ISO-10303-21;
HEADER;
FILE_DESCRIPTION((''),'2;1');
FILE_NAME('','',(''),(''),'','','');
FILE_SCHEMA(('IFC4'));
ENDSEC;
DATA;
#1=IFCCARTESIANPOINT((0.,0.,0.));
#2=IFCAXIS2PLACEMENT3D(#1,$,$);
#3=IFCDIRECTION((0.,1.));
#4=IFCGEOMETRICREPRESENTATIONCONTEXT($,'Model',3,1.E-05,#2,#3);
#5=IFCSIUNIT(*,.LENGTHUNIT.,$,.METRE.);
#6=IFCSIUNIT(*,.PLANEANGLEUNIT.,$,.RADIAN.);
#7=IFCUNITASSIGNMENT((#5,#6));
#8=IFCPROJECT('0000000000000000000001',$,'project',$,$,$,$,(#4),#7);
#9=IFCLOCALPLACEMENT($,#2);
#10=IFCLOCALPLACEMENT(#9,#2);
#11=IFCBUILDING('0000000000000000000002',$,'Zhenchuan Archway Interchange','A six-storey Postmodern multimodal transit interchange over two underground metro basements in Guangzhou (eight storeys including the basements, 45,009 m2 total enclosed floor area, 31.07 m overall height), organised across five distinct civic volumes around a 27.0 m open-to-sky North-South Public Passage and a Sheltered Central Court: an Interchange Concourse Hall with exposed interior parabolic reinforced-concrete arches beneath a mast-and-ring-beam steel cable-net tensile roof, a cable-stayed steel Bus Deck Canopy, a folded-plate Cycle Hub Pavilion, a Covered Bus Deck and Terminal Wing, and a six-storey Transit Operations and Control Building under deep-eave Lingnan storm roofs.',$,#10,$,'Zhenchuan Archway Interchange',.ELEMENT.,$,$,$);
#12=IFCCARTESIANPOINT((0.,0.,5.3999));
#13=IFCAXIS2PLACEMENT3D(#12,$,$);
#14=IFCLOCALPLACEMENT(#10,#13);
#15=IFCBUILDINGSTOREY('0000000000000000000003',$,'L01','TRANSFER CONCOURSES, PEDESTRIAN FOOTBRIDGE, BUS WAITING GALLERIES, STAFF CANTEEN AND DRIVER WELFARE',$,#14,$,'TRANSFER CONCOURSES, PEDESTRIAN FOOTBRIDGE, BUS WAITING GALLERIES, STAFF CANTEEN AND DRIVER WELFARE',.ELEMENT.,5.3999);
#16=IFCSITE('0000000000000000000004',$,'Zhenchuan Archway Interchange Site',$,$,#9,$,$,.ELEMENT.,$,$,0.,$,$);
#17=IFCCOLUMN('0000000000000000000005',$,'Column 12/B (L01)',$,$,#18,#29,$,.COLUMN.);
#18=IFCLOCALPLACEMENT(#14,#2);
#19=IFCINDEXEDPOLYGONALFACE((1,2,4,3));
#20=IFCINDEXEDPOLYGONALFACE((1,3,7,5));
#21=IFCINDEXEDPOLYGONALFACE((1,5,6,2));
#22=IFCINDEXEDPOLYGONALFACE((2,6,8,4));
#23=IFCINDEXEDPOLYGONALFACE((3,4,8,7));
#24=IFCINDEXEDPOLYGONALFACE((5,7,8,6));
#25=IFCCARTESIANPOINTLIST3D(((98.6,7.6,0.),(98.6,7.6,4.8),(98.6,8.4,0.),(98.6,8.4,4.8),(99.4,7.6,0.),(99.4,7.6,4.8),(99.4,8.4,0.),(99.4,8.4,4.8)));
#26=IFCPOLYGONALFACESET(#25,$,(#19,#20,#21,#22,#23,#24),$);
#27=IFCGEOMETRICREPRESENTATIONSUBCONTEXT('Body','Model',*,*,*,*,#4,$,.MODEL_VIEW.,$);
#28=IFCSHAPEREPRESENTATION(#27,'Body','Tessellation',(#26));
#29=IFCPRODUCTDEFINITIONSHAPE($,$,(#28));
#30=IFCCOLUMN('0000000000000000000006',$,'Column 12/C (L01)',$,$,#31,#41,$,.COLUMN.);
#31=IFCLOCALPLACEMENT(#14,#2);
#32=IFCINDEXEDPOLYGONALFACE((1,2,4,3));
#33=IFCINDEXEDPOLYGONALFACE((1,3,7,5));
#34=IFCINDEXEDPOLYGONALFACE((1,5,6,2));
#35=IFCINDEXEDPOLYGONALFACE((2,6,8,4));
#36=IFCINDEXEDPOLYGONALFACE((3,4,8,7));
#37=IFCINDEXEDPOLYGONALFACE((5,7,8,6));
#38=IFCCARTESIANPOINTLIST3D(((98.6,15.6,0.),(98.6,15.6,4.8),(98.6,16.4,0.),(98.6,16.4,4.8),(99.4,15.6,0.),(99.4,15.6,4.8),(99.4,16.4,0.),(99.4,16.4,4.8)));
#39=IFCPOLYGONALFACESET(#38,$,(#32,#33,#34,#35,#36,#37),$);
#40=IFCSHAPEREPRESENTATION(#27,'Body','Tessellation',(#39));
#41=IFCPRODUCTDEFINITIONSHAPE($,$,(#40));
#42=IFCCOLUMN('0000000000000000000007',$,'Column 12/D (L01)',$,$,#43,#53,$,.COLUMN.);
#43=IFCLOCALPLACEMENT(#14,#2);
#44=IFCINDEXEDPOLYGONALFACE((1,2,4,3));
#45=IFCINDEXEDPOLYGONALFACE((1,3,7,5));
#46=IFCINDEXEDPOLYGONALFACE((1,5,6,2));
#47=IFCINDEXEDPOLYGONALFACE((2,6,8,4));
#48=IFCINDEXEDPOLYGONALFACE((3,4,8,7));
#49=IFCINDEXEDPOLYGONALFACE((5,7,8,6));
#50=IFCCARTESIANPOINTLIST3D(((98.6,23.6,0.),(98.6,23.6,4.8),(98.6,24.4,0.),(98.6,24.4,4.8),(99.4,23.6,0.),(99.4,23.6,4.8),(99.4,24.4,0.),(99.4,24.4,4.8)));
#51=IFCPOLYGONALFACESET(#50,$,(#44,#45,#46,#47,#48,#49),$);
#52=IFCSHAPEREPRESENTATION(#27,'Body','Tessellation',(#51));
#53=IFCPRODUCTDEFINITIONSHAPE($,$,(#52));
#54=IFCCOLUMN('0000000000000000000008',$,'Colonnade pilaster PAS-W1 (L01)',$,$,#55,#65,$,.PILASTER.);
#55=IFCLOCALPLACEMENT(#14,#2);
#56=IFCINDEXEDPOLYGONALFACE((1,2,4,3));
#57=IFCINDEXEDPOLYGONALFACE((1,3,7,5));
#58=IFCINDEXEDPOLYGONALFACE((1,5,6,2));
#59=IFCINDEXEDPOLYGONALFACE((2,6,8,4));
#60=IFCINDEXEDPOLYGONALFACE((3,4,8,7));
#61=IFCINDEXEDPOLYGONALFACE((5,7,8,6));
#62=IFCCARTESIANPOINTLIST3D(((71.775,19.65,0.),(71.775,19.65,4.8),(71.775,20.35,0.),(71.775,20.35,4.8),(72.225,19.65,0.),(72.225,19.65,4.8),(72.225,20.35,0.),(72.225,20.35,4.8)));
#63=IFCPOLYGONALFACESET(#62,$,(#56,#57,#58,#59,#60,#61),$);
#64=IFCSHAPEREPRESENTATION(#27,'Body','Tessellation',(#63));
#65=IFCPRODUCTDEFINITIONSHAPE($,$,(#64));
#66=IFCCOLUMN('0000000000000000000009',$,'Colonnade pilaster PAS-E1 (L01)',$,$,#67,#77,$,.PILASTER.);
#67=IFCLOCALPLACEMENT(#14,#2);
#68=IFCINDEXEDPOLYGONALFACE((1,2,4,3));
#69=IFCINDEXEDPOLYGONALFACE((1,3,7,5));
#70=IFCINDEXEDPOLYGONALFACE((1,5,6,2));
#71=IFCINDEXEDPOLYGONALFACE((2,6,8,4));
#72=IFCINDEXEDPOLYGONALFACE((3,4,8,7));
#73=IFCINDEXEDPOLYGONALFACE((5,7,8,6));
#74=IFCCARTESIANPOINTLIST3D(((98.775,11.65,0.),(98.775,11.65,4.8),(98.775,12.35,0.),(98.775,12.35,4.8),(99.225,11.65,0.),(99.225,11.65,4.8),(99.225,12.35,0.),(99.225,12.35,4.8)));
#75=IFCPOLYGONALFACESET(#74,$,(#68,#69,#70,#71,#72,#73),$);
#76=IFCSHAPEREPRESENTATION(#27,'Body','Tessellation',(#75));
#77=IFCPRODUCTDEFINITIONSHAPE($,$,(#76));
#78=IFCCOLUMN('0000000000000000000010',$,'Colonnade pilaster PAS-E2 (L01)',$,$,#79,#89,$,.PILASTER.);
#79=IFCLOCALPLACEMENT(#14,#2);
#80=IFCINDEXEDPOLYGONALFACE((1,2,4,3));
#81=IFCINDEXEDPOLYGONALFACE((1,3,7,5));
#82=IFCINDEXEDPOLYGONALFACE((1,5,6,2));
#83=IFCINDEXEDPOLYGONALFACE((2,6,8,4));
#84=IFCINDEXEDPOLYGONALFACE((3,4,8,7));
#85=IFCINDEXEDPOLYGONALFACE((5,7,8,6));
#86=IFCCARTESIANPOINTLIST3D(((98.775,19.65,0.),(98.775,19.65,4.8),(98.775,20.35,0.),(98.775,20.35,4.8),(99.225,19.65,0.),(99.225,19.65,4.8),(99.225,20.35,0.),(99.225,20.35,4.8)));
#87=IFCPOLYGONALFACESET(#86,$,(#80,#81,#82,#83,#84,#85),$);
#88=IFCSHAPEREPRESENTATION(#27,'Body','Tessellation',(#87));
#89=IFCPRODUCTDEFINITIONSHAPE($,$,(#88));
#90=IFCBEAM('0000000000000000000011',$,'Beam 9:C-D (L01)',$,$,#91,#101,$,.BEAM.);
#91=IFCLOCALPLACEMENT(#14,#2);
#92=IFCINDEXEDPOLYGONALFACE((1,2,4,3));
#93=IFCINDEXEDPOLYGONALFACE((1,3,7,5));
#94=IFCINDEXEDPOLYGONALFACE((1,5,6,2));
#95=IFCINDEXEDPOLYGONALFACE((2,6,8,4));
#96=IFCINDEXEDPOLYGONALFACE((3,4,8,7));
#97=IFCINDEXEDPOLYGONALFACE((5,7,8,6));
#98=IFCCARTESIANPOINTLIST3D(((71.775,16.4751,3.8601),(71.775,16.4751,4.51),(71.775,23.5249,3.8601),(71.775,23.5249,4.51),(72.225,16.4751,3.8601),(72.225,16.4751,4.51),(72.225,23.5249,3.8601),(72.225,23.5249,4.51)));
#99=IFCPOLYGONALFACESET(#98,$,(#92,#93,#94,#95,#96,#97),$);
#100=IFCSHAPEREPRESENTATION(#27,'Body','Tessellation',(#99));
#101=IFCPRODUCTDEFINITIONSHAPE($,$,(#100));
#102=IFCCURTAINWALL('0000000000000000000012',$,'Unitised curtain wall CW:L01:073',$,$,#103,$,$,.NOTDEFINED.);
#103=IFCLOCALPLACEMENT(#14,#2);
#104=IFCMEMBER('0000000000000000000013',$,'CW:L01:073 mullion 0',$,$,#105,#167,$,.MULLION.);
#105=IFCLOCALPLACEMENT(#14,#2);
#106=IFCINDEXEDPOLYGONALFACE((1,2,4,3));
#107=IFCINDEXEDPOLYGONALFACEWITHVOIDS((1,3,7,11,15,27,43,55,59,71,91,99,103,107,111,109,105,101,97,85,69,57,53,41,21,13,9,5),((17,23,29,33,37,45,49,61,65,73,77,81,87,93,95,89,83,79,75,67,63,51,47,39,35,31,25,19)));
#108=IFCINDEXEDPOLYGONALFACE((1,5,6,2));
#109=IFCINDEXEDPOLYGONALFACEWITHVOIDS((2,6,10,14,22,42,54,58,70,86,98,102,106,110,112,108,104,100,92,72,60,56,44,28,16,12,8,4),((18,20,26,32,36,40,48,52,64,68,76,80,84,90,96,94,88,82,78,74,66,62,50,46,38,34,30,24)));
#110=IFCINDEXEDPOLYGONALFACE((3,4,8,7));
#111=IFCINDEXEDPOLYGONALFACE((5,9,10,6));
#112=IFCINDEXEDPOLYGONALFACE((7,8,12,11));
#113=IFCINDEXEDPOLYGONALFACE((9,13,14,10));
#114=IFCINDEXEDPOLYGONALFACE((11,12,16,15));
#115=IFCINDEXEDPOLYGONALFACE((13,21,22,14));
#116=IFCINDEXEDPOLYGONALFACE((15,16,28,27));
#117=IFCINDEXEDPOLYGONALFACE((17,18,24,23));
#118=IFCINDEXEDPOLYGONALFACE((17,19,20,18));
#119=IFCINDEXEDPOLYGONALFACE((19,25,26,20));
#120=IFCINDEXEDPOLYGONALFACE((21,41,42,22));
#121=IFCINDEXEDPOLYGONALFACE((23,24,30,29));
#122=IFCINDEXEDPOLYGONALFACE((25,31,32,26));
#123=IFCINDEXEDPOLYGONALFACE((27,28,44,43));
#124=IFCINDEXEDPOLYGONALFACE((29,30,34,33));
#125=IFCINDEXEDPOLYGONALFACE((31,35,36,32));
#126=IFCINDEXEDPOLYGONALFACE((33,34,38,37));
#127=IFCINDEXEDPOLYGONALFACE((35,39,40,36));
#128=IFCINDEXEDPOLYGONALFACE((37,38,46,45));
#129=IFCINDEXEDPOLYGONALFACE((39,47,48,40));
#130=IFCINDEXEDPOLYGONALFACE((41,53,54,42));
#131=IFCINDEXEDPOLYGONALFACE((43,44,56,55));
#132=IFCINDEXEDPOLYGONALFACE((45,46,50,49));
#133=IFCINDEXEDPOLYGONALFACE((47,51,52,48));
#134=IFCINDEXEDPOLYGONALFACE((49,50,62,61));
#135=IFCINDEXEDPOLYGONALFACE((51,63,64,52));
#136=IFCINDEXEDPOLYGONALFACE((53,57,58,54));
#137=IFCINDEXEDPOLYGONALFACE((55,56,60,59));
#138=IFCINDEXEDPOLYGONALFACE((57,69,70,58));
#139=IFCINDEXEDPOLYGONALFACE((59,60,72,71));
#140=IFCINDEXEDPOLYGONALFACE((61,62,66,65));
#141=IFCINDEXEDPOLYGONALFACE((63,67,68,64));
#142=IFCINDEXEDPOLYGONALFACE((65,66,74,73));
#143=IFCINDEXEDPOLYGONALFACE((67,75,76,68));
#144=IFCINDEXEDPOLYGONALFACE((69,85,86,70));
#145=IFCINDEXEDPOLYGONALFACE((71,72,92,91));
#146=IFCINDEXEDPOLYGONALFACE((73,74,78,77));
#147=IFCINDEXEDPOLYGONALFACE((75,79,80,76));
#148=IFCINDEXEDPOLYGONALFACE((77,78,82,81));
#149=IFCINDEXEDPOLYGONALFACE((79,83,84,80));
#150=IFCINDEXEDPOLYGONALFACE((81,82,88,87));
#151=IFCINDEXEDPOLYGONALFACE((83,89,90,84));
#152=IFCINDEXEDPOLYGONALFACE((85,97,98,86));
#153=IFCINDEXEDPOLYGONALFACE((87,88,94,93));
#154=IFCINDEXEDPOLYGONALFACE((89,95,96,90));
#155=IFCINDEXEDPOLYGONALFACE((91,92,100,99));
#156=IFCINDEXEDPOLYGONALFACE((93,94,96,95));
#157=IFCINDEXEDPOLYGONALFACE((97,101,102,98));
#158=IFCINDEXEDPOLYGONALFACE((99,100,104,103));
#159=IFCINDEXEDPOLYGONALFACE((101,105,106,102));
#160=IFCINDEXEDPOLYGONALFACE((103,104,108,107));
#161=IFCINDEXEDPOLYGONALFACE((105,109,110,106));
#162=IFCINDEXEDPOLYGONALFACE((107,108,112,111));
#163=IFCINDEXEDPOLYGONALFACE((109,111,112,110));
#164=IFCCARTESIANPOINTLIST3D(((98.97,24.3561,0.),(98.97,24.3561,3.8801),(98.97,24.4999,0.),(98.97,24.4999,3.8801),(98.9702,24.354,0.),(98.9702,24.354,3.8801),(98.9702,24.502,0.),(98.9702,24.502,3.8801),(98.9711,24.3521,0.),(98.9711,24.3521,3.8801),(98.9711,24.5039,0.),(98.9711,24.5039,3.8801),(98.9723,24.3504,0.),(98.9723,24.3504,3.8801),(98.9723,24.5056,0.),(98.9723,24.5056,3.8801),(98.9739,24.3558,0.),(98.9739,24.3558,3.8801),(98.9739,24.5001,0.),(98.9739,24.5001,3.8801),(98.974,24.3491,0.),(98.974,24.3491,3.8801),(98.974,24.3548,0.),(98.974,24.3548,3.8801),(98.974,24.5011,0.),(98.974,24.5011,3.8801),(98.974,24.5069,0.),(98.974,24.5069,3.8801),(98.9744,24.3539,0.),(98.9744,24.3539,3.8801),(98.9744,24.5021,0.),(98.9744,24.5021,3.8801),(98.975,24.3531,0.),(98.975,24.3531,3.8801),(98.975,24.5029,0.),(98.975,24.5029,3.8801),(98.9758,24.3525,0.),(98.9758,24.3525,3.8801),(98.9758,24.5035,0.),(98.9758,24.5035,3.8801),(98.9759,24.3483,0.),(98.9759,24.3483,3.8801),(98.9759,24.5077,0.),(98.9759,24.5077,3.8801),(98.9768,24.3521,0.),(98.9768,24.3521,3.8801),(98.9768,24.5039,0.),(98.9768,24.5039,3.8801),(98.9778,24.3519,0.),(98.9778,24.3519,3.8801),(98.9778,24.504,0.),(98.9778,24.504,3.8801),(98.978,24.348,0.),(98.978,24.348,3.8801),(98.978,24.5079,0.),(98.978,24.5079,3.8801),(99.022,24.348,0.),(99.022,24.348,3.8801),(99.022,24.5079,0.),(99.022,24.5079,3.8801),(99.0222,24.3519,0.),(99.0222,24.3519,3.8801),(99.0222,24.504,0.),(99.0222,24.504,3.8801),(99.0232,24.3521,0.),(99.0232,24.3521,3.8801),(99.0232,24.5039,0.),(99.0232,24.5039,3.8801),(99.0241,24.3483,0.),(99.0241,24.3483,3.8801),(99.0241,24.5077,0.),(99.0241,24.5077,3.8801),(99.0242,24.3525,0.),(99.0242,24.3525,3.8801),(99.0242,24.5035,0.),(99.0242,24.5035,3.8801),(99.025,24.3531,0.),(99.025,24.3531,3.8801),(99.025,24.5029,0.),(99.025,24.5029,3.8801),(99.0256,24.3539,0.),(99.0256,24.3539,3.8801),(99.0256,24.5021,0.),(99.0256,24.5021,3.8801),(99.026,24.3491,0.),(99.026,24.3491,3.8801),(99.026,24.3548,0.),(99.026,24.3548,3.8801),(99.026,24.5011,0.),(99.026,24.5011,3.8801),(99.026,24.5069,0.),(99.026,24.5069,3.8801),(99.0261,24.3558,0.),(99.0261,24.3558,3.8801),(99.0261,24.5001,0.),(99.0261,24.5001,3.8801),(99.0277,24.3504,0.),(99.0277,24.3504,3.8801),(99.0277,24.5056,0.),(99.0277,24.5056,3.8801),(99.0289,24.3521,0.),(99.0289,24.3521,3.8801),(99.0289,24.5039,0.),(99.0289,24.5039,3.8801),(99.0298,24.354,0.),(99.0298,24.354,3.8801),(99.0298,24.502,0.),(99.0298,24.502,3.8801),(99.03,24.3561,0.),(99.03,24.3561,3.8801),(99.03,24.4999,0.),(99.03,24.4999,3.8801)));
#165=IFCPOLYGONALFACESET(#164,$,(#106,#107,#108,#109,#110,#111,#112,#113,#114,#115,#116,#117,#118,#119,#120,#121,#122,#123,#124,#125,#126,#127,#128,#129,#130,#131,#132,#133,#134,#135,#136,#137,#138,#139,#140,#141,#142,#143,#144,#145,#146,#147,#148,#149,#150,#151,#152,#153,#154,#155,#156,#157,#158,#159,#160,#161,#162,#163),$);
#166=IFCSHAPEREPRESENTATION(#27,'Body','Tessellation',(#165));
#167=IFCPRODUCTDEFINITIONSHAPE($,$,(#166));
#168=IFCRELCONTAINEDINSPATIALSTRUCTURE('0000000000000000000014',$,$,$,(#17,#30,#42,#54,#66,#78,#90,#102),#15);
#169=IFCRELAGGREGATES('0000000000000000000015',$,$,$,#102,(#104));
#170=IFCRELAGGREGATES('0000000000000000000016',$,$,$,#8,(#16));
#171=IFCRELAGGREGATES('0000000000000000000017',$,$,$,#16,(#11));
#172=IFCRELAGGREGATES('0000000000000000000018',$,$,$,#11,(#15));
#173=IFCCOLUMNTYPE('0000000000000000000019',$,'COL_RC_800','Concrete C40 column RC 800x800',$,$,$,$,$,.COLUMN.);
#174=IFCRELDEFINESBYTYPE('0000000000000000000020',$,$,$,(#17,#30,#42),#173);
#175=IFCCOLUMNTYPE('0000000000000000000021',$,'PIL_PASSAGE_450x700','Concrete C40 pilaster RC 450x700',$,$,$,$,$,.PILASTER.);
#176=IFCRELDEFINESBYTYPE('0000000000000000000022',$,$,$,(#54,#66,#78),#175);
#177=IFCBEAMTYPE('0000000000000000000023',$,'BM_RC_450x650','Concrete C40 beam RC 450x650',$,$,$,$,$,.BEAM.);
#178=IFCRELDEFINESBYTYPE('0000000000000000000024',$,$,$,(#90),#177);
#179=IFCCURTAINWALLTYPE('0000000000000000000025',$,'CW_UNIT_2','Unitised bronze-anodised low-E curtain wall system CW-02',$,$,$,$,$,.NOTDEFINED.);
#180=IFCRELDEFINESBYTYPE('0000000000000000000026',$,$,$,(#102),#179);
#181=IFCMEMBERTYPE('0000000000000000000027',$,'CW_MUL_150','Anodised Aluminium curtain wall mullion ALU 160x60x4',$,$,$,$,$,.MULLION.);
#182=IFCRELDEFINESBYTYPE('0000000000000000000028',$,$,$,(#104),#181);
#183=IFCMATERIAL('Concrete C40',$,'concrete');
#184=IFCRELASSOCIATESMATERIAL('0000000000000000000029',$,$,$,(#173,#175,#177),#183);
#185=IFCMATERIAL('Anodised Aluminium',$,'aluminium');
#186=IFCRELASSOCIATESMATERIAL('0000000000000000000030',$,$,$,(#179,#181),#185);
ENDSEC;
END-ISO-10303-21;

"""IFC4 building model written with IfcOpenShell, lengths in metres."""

from ifc_helpers import new_model, si_unit, direction, frame, origin, origin_2d, place, context, subcontext, project, spatial, rectangle, hollow_rectangle, extrude, material, material_profile, profile_set, type_object, element, aggregate, save


model = new_model("IFC4")

# Units and contexts
model_context = context("Model", 3, precision=1e-05, world=origin(), true_north=direction((0.0, 1.0)))
body_context = subcontext(model_context, "Body", "Model", "MODEL_VIEW")
ifc_project = project(units=[si_unit("LENGTHUNIT", "METRE"), si_unit("PLANEANGLEUNIT", "RADIAN")], contexts=[model_context])

# Site, building, storey
site_placement = place(None, origin())
site = spatial("IfcSite", under=ifc_project, at=site_placement, Name="Zhenchuan Archway Interchange Site", CompositionType="ELEMENT", RefElevation=0.0)
building_placement = place(site_placement, origin())
building = spatial("IfcBuilding", under=site, at=building_placement, Name="Zhenchuan Archway Interchange", Description="A six-storey Postmodern multimodal transit interchange over two underground metro basements in Guangzhou (eight storeys including the basements, 45,009 m2 total enclosed floor area, 31.07 m overall height), organised across five distinct civic volumes around a 27.0 m open-to-sky North-South Public Passage and a Sheltered Central Court: an Interchange Concourse Hall with exposed interior parabolic reinforced-concrete arches beneath a mast-and-ring-beam steel cable-net tensile roof, a cable-stayed steel Bus Deck Canopy, a folded-plate Cycle Hub Pavilion, a Covered Bus Deck and Terminal Wing, and a six-storey Transit Operations and Control Building under deep-eave Lingnan storm roofs.", LongName="Zhenchuan Archway Interchange", CompositionType="ELEMENT")
storey_placement = place(building_placement, frame((0.0, 0.0, 5.3999)))
storey = spatial("IfcBuildingStorey", under=building, at=storey_placement, Name="L01", Description="TRANSFER CONCOURSES, PEDESTRIAN FOOTBRIDGE, BUS WAITING GALLERIES, STAFF CANTEEN AND DRIVER WELFARE", LongName="TRANSFER CONCOURSES, PEDESTRIAN FOOTBRIDGE, BUS WAITING GALLERIES, STAFF CANTEEN AND DRIVER WELFARE", CompositionType="ELEMENT", Elevation=5.3999)

# Columns
ifc_material_1 = material(Name="Concrete C40", Category="concrete")
ifc_material_profile_1 = material_profile(ifc_material_1, rectangle(XDim=0.8, YDim=0.8, at=origin_2d()), Name="RC 800x800")
ifc_profile_set_1 = profile_set([ifc_material_profile_1], Name="Concrete C40")
column_type_1 = type_object("IfcColumnType", Name="COL_RC_800", Description="Concrete C40 column RC 800x800", PredefinedType="COLUMN", material=ifc_profile_set_1)
for number, where, z_axis, x_axis, name in (
    (1, (99.0, 8.0, 0.0), (0.0, 0.0, 1.0), (1.0, 0.0, 0.0), "Column 12/B (L01)"),
    (2, (99.0, 16.0, 0.0), (0.0, 0.0, 1.0), (1.0, 0.0, 0.0), "Column 12/C (L01)"),
    (3, (99.0, 24.0, 0.0), (0.0, 0.0, 1.0), (1.0, 0.0, 0.0), "Column 12/D (L01)"),
):
    element("IfcColumn", number, at=place(storey_placement, frame(where, z_axis=z_axis, x_axis=x_axis)), inside=storey, type_object=column_type_1, Name=name, PredefinedType="COLUMN", context=body_context, shape_type="SweptSolid", body=[
        extrude(rectangle(XDim=0.8, YDim=0.8, at=origin_2d()), origin(), (0.0, 0.0, 1.0), 4.8),
    ])
ifc_material_profile_2 = material_profile(ifc_material_1, rectangle(XDim=0.45, YDim=0.7, at=origin_2d()), Name="RC 450x700")
ifc_profile_set_2 = profile_set([ifc_material_profile_2], Name="Concrete C40")
column_type_2 = type_object("IfcColumnType", Name="PIL_PASSAGE_450x700", Description="Concrete C40 pilaster RC 450x700", PredefinedType="PILASTER", material=ifc_profile_set_2)
for number, where, z_axis, x_axis, name in (
    (4, (72.0, 20.0, 0.0), (0.0, 0.0, 1.0), (1.0, 0.0, 0.0), "Colonnade pilaster PAS-W1 (L01)"),
    (5, (99.0, 12.0, 0.0), (0.0, 0.0, 1.0), (1.0, 0.0, 0.0), "Colonnade pilaster PAS-E1 (L01)"),
    (6, (99.0, 20.0, 0.0), (0.0, 0.0, 1.0), (1.0, 0.0, 0.0), "Colonnade pilaster PAS-E2 (L01)"),
):
    element("IfcColumn", number, at=place(storey_placement, frame(where, z_axis=z_axis, x_axis=x_axis)), inside=storey, type_object=column_type_2, Name=name, PredefinedType="PILASTER", context=body_context, shape_type="SweptSolid", body=[
        extrude(rectangle(XDim=0.45, YDim=0.7, at=origin_2d()), origin(), (0.0, 0.0, 1.0), 4.8),
    ])

# Beam
ifc_material_profile_3 = material_profile(ifc_material_1, rectangle(XDim=0.45, YDim=0.6499, at=origin_2d()), Name="RC 450x650")
ifc_profile_set_3 = profile_set([ifc_material_profile_3], Name="Concrete C40")
beam_type_1 = type_object("IfcBeamType", Name="BM_RC_450x650", Description="Concrete C40 beam RC 450x650", PredefinedType="BEAM", material=ifc_profile_set_3)
beam_1_placement = place(storey_placement, frame((72.0, 16.4751, 4.1851), z_axis=(0.0, 1.0, 0.0), x_axis=(-1.0, 0.0, 0.0)))
element("IfcBeam", 7, at=beam_1_placement, inside=storey, type_object=beam_type_1, Name="Beam 9:C-D (L01)", PredefinedType="BEAM", context=body_context, shape_type="SweptSolid", body=[
    extrude(rectangle(XDim=0.45, YDim=0.6499, at=origin_2d()), origin(), (0.0, 0.0, 1.0), 7.0498),
])

# Curtain wall, member
ifc_material_2 = material(Name="Anodised Aluminium", Category="aluminium")
curtain_wall_type = type_object("IfcCurtainWallType", Name="CW_UNIT_2", Description="Unitised bronze-anodised low-E curtain wall system CW-02", PredefinedType="NOTDEFINED", material=ifc_material_2)
curtain_wall_placement = place(storey_placement, origin())
curtain_wall = element("IfcCurtainWall", 8, at=curtain_wall_placement, inside=storey, type_object=curtain_wall_type, Name="Unitised curtain wall CW:L01:073", PredefinedType="NOTDEFINED")
ifc_material_profile_4 = material_profile(ifc_material_2, hollow_rectangle(XDim=0.0601, YDim=0.1599, WallThickness=0.0039, InnerFilletRadius=0.0039, OuterFilletRadius=0.0081, at=origin_2d()), Name="ALU 160x60x4")
ifc_profile_set_4 = profile_set([ifc_material_profile_4], Name="Anodised Aluminium")
member_type_1 = type_object("IfcMemberType", Name="CW_MUL_150", Description="Anodised Aluminium curtain wall mullion ALU 160x60x4", PredefinedType="MULLION", material=ifc_profile_set_4)
member_1_placement = place(storey_placement, frame((99.0, 24.428, 0.0), z_axis=(0.0, 0.0, 1.0), x_axis=(1.0, 0.0, 0.0)))
member_1 = element("IfcMember", 9, at=member_1_placement, type_object=member_type_1, Name="CW:L01:073 mullion 0", PredefinedType="MULLION", context=body_context, shape_type="SweptSolid", body=[
    extrude(hollow_rectangle(XDim=0.0601, YDim=0.1599, WallThickness=0.0039, InnerFilletRadius=0.0039, OuterFilletRadius=0.0081, at=origin_2d()), origin(), (0.0, 0.0, 1.0), 3.8801),
])

aggregate(curtain_wall, [member_1])

save(model, "model.ifc")
